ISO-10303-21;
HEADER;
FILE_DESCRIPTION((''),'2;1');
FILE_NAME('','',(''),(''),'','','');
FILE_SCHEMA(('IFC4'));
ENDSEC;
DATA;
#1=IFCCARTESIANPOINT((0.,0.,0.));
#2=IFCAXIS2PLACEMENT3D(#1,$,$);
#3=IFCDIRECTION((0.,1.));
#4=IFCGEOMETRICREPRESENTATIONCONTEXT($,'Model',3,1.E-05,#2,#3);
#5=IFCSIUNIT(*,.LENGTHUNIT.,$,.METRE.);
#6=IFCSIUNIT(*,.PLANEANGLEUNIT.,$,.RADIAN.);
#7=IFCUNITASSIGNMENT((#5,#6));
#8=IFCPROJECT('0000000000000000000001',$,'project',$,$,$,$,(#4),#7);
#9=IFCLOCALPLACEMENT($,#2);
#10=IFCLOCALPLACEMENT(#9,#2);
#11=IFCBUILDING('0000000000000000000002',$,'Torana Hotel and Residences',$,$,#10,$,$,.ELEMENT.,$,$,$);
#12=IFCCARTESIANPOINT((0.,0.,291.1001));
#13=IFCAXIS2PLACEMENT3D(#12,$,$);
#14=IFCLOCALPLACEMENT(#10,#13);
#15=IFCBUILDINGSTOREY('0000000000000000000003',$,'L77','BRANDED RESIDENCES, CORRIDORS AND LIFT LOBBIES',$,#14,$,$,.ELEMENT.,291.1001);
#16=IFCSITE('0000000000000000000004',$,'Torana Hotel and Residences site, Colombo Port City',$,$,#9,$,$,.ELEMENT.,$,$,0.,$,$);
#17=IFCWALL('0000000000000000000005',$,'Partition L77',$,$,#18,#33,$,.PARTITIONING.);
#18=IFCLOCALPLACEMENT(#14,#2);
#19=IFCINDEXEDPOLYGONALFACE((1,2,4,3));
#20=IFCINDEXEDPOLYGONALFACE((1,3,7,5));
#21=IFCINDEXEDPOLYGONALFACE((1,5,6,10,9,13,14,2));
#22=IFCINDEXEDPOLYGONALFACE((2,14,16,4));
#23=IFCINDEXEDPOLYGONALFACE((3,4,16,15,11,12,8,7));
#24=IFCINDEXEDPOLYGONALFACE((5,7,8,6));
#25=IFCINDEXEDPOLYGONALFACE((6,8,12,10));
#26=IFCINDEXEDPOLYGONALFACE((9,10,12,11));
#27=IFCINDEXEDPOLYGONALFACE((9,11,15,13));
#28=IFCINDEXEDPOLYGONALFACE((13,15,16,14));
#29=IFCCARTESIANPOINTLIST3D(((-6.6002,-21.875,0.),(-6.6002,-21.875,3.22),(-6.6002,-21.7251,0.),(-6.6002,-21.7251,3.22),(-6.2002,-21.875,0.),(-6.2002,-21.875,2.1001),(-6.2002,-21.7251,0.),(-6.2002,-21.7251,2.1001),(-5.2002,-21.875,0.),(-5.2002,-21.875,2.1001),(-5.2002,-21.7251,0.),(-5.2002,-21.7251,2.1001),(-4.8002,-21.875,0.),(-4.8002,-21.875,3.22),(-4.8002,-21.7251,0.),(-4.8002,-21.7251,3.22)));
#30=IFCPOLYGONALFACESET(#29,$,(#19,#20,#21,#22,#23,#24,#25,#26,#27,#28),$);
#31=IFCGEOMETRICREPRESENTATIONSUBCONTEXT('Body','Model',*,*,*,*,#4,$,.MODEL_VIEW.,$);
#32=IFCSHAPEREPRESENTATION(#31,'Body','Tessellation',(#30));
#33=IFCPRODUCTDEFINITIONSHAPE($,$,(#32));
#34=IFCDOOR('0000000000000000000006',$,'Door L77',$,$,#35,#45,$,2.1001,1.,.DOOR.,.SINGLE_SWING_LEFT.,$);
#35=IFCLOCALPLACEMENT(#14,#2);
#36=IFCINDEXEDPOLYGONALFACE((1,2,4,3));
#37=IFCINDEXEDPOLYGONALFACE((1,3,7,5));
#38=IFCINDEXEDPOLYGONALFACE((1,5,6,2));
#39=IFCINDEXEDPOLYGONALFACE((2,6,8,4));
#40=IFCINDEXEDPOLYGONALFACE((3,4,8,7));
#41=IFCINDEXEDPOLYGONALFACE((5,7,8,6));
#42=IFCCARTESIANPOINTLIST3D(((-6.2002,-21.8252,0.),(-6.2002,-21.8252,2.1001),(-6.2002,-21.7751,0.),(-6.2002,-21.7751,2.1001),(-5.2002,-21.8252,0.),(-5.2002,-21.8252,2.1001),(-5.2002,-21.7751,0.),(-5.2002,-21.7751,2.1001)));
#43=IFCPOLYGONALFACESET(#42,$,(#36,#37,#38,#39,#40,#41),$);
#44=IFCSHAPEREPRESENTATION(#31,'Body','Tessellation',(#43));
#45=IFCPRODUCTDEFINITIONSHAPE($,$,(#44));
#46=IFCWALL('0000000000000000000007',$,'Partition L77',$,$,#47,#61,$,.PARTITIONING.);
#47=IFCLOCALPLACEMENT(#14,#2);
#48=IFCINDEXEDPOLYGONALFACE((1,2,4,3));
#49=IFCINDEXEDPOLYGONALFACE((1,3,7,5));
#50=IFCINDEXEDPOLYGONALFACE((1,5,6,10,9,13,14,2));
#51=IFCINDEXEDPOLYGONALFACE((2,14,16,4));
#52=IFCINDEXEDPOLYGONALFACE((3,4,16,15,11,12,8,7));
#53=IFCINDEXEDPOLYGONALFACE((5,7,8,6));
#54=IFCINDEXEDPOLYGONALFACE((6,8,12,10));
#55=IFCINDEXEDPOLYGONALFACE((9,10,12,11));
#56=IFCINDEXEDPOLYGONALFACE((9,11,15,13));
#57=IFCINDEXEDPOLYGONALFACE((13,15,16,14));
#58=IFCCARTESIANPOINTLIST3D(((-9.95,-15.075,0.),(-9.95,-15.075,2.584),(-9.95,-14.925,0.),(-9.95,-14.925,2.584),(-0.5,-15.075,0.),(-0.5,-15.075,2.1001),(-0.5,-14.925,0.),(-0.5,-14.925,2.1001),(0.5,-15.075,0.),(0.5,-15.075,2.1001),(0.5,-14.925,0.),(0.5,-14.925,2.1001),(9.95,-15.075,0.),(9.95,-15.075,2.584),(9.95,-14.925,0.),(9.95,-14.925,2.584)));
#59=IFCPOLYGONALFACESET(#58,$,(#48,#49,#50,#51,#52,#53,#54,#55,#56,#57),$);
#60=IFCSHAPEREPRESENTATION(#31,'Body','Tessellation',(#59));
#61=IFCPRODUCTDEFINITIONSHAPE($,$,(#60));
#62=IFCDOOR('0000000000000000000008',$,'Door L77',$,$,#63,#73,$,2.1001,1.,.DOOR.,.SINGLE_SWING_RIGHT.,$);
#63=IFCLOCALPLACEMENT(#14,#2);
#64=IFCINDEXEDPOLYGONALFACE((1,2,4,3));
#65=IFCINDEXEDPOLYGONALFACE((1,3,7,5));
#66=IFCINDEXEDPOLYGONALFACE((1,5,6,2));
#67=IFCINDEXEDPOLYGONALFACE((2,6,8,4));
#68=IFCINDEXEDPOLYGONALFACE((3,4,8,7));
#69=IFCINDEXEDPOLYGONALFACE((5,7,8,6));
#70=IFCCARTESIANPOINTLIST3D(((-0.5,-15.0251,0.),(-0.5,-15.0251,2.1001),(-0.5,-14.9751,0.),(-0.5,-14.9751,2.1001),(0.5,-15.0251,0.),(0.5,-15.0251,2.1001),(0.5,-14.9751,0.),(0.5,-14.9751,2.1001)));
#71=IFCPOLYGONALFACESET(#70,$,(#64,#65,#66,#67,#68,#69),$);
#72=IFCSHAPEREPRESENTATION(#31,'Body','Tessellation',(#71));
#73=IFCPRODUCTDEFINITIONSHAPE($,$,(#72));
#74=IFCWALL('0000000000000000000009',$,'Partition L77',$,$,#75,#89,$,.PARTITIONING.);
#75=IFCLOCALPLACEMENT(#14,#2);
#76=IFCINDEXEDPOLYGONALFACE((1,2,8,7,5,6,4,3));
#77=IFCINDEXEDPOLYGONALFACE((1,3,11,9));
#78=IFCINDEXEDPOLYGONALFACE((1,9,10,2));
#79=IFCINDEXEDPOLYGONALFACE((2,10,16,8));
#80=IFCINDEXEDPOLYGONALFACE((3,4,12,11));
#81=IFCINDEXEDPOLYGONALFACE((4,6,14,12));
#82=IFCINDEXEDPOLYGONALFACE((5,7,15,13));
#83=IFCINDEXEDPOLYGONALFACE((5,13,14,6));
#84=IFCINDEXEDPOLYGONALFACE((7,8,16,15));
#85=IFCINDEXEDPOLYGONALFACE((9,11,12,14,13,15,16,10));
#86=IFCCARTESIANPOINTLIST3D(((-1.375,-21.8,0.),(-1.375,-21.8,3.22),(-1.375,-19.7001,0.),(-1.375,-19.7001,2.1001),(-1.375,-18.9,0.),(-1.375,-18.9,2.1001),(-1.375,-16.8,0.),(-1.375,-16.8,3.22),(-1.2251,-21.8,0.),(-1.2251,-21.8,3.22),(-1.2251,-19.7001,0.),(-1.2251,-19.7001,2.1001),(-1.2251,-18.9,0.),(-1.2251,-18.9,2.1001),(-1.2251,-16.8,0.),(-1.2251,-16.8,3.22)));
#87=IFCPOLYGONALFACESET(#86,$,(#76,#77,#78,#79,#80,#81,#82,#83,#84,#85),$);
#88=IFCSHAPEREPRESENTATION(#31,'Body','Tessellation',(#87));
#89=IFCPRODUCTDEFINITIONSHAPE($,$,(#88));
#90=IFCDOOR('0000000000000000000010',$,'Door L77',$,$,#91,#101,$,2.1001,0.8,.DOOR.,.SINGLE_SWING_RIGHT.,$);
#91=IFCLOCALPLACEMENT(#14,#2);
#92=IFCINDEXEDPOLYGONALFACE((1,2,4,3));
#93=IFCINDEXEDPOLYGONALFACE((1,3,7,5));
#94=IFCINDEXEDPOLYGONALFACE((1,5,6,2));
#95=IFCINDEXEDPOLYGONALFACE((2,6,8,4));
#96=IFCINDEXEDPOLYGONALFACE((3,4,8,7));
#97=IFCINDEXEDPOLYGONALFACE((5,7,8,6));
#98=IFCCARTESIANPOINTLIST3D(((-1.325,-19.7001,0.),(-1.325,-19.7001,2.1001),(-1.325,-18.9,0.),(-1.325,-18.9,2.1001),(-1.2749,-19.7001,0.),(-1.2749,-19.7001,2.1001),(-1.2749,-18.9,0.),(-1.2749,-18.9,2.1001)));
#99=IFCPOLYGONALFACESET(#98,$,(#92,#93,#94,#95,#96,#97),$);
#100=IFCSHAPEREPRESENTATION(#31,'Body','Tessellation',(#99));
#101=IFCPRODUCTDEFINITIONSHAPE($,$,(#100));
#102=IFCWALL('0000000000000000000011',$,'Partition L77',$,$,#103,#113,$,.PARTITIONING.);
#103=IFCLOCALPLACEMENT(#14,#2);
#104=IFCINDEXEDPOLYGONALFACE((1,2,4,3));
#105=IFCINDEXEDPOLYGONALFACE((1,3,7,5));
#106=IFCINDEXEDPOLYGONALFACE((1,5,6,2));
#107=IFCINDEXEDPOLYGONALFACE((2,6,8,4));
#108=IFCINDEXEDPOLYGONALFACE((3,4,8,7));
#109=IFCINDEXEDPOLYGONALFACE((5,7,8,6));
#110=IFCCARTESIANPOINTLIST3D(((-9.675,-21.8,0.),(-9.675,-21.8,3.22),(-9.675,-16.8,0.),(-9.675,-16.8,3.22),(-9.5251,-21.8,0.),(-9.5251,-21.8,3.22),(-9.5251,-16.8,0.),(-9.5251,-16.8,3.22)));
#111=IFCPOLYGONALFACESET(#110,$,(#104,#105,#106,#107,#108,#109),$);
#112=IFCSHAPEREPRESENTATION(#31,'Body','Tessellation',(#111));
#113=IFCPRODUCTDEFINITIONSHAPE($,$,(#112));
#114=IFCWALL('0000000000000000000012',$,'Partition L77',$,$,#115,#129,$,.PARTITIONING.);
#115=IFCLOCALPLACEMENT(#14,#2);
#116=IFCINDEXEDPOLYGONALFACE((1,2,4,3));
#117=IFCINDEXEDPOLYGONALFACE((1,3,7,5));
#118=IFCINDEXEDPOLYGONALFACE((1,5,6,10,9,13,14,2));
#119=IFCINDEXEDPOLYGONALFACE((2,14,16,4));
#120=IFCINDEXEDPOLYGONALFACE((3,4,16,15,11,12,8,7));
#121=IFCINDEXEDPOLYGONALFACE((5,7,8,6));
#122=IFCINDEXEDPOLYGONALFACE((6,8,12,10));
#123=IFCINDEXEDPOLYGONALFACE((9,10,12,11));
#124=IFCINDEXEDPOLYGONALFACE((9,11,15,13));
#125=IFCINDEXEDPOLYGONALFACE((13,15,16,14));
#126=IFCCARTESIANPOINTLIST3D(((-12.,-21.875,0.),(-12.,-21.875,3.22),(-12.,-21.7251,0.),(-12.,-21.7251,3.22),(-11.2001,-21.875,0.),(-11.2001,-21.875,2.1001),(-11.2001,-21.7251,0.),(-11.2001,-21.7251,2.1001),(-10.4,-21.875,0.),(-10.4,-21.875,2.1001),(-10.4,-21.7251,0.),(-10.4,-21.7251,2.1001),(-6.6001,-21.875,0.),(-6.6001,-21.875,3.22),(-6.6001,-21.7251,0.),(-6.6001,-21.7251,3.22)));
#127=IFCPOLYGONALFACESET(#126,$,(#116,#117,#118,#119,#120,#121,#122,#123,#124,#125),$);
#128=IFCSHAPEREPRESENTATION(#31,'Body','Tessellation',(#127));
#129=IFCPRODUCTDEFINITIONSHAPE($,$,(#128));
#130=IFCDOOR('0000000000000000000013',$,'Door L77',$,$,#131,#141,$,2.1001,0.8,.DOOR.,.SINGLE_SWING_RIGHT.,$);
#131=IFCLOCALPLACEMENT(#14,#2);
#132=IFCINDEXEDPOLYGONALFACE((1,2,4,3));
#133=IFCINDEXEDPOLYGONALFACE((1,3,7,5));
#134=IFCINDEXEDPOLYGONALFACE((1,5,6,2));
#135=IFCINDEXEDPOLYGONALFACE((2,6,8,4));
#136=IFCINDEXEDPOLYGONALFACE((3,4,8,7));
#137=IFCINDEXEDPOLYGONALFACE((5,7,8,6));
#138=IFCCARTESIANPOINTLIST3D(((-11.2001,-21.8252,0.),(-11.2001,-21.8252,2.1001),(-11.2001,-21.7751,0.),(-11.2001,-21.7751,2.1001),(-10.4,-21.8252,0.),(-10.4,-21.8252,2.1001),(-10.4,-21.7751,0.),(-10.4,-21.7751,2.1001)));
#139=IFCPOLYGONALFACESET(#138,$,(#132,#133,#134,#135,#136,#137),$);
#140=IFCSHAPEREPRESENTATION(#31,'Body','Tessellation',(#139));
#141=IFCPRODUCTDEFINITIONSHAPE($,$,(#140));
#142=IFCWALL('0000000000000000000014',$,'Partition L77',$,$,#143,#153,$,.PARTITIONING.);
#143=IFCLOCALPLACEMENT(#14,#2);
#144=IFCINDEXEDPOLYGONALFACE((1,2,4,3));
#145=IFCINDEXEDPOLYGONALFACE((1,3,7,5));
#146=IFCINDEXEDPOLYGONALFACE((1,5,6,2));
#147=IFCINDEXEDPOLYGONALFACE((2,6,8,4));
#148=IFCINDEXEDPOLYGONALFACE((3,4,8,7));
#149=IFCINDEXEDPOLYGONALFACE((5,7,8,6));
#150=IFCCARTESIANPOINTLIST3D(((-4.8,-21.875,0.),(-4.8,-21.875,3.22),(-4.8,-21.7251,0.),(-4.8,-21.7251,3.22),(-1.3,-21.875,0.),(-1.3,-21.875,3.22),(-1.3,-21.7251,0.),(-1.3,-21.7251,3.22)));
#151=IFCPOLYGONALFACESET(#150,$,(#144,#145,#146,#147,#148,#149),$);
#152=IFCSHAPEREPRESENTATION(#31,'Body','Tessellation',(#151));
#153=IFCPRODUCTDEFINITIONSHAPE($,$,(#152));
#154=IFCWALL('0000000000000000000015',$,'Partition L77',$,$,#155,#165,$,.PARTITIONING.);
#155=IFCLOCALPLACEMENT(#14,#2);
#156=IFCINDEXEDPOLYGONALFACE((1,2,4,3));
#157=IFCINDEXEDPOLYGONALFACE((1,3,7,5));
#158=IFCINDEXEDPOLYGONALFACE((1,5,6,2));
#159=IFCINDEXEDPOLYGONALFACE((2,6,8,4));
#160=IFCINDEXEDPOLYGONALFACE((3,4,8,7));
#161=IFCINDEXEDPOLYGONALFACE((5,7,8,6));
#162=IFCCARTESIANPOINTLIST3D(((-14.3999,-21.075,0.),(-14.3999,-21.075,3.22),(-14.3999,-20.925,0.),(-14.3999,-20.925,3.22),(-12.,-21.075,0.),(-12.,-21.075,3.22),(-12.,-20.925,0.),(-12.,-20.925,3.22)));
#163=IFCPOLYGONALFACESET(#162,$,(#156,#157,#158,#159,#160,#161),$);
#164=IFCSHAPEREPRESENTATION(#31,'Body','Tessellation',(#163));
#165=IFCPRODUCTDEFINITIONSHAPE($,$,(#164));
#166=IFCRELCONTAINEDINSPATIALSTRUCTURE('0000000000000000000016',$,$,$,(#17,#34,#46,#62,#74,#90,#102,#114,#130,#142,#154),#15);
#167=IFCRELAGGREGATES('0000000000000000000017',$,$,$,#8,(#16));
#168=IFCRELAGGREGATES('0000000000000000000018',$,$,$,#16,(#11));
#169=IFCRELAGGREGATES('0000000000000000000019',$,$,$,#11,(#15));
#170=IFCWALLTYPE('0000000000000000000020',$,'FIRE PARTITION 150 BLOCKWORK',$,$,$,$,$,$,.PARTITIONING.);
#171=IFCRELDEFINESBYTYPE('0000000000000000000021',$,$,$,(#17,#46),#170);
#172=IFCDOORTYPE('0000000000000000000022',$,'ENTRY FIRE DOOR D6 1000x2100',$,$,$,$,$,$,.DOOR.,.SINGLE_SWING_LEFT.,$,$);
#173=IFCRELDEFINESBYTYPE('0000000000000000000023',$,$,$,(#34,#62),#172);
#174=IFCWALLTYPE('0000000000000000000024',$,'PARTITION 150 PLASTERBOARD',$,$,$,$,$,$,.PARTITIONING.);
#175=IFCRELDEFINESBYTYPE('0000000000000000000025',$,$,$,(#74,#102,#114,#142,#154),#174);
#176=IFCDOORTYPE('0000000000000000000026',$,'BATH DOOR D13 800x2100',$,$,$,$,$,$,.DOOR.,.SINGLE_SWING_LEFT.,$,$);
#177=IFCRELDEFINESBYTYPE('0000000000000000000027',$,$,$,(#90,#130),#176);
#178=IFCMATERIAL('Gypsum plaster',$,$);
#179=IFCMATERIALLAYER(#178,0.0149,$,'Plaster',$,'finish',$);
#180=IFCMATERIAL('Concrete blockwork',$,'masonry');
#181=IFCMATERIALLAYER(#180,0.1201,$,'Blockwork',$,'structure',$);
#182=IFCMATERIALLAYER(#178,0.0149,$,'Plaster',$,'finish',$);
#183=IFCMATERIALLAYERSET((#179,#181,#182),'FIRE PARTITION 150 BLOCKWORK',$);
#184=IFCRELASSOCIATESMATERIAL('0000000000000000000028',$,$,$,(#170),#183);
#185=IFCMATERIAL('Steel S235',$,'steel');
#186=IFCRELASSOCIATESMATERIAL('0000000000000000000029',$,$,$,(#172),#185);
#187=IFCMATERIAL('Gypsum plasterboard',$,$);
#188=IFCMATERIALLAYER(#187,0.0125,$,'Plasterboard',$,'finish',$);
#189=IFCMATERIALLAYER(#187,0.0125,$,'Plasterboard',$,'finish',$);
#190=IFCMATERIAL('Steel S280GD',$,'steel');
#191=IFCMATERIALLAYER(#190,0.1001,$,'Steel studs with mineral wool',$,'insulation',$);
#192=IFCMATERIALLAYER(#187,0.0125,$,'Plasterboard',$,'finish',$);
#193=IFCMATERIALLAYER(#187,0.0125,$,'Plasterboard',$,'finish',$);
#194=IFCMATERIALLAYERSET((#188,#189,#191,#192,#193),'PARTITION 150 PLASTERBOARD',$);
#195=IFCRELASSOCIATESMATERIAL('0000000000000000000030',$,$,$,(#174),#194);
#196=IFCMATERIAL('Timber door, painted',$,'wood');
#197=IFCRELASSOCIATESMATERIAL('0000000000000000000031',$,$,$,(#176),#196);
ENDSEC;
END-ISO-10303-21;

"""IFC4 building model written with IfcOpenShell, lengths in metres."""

from ifc_helpers import new_model, si_unit, direction, frame, frame_2d, origin, place, context, subcontext, project, spatial, rectangle, extrude, material, layer, layer_set, type_object, element, fill, save


model = new_model("IFC4")

# Units and contexts
model_context = context("Model", 3, precision=1e-05, world=origin(), true_north=direction((0.0, 1.0)))
body_context = subcontext(model_context, "Body", "Model", "MODEL_VIEW")
ifc_project = project(units=[si_unit("LENGTHUNIT", "METRE"), si_unit("PLANEANGLEUNIT", "RADIAN")], contexts=[model_context])

# Site, building, storey
site_placement = place(None, origin())
site = spatial("IfcSite", under=ifc_project, at=site_placement, Name="Torana Hotel and Residences site, Colombo Port City", CompositionType="ELEMENT", RefElevation=0.0)
building_placement = place(site_placement, origin())
building = spatial("IfcBuilding", under=site, at=building_placement, Name="Torana Hotel and Residences", CompositionType="ELEMENT")
storey_placement = place(building_placement, frame((0.0, 0.0, 291.1001)))
storey = spatial("IfcBuildingStorey", under=building, at=storey_placement, Name="L77", Description="BRANDED RESIDENCES, CORRIDORS AND LIFT LOBBIES", CompositionType="ELEMENT", Elevation=291.1001)

# Shared definitions
ifc_material_1 = material(Name="Gypsum plaster")
ifc_layer_1 = layer(ifc_material_1, 0.0149, Name="Plaster", Category="finish")
ifc_material_2 = material(Name="Concrete blockwork", Category="masonry")
ifc_layer_2 = layer(ifc_material_2, 0.1201, Name="Blockwork", Category="structure")
ifc_layer_3 = layer(ifc_material_1, 0.0149, Name="Plaster", Category="finish")
ifc_layer_set_1 = layer_set([ifc_layer_1, ifc_layer_2, ifc_layer_3], Name="FIRE PARTITION 150 BLOCKWORK")
wall_type_1 = type_object("IfcWallType", Name="FIRE PARTITION 150 BLOCKWORK", PredefinedType="PARTITIONING", material=ifc_layer_set_1)

# Walls, openings, doors
ifc_material_3 = material(Name="Steel S235", Category="steel")
door_type_1 = type_object("IfcDoorType", Name="ENTRY FIRE DOOR D6 1000x2100", OperationType="SINGLE_SWING_LEFT", PredefinedType="DOOR", material=ifc_material_3)
wall_1_placement = place(storey_placement, frame((-6.6001, -21.8, 0.0), z_axis=(0.0, 0.0, 1.0), x_axis=(1.0, 0.0, 0.0)))
wall_1 = element("IfcWall", 1, at=wall_1_placement, inside=storey, type_object=wall_type_1, Name="Partition L77", PredefinedType="PARTITIONING", context=body_context, shape_type="SweptSolid", body=[
    extrude(rectangle(XDim=1.8, YDim=0.1499, at=frame_2d((0.8999, 0.0))), origin(), (0.0, 0.0, 1.0), 3.22),
])
opening_1_placement = place(wall_1_placement, frame((0.3999, 0.0, 0.0)))
opening_1 = element("IfcOpeningElement", 2, at=opening_1_placement, cuts=wall_1, PredefinedType="OPENING", context=body_context, shape_type="SweptSolid", body=[
    extrude(rectangle(XDim=1.0, YDim=2.1001, at=frame_2d((0.5, 1.05))), frame((0.0, 0.085, 0.0), z_axis=(0.0, -1.0, 0.0), x_axis=(1.0, 0.0, 0.0)), (0.0, 0.0, 1.0), 0.1699),
])
door_1_placement = place(opening_1_placement, frame((0.5, 0.0, 0.0), z_axis=(0.0, 0.0, 1.0), x_axis=(-1.0, 0.0, 0.0)))
door_1 = element("IfcDoor", 3, at=door_1_placement, inside=storey, type_object=door_type_1, Name="Door L77", OperationType="SINGLE_SWING_LEFT", OverallHeight=2.1001, OverallWidth=1.0, PredefinedType="DOOR", context=body_context, shape_type="SweptSolid", body=[
    extrude(rectangle(XDim=1.0, YDim=2.1001, at=frame_2d((0.0, 1.05))), frame((0.0, -0.0249, 0.0), z_axis=(0.0, 1.0, 0.0), x_axis=(-1.0, 0.0, 0.0)), (0.0, 0.0, 1.0), 0.05),
])
fill(opening_1, door_1)
wall_2_placement = place(storey_placement, frame((-9.95, -15.0, 0.0), z_axis=(0.0, 0.0, 1.0), x_axis=(1.0, 0.0, 0.0)))
wall_2 = element("IfcWall", 4, at=wall_2_placement, inside=storey, type_object=wall_type_1, Name="Partition L77", PredefinedType="PARTITIONING", context=body_context, shape_type="SweptSolid", body=[
    extrude(rectangle(XDim=19.8999, YDim=0.1499, at=frame_2d((9.95, 0.0))), origin(), (0.0, 0.0, 1.0), 2.584),
])
opening_2_placement = place(wall_2_placement, frame((9.45, 0.0, 0.0)))
opening_2 = element("IfcOpeningElement", 5, at=opening_2_placement, cuts=wall_2, PredefinedType="OPENING", context=body_context, shape_type="SweptSolid", body=[
    extrude(rectangle(XDim=1.0, YDim=2.1001, at=frame_2d((0.5, 1.05))), frame((0.0, 0.085, 0.0), z_axis=(0.0, -1.0, 0.0), x_axis=(1.0, 0.0, 0.0)), (0.0, 0.0, 1.0), 0.1699),
])
door_2_placement = place(opening_2_placement, origin())
door_2 = element("IfcDoor", 6, at=door_2_placement, inside=storey, type_object=door_type_1, Name="Door L77", OperationType="SINGLE_SWING_RIGHT", OverallHeight=2.1001, OverallWidth=1.0, PredefinedType="DOOR", context=body_context, shape_type="SweptSolid", body=[
    extrude(rectangle(XDim=1.0, YDim=2.1001, at=frame_2d((0.5, 1.05))), frame((0.0, 0.0249, 0.0), z_axis=(0.0, -1.0, 0.0), x_axis=(1.0, 0.0, 0.0)), (0.0, 0.0, 1.0), 0.05),
])
fill(opening_2, door_2)
ifc_material_4 = material(Name="Gypsum plasterboard")
ifc_layer_4 = layer(ifc_material_4, 0.0125, Name="Plasterboard", Category="finish")
ifc_layer_5 = layer(ifc_material_4, 0.0125, Name="Plasterboard", Category="finish")
ifc_material_5 = material(Name="Steel S280GD", Category="steel")
ifc_layer_6 = layer(ifc_material_5, 0.1001, Name="Steel studs with mineral wool", Category="insulation")
ifc_layer_7 = layer(ifc_material_4, 0.0125, Name="Plasterboard", Category="finish")
ifc_layer_8 = layer(ifc_material_4, 0.0125, Name="Plasterboard", Category="finish")
ifc_layer_set_2 = layer_set([ifc_layer_4, ifc_layer_5, ifc_layer_6, ifc_layer_7, ifc_layer_8], Name="PARTITION 150 PLASTERBOARD")
wall_type_2 = type_object("IfcWallType", Name="PARTITION 150 PLASTERBOARD", PredefinedType="PARTITIONING", material=ifc_layer_set_2)
wall_3_placement = place(storey_placement, frame((-1.3, -21.8, 0.0), z_axis=(0.0, 0.0, 1.0), x_axis=(0.0, 1.0, 0.0)))
wall_3 = element("IfcWall", 7, at=wall_3_placement, inside=storey, type_object=wall_type_2, Name="Partition L77", PredefinedType="PARTITIONING", context=body_context, shape_type="SweptSolid", body=[
    extrude(rectangle(XDim=5.0, YDim=0.1499, at=frame_2d((2.5, 0.0))), origin(), (0.0, 0.0, 1.0), 3.22),
])
opening_3_placement = place(wall_3_placement, frame((2.1001, 0.0, 0.0)))
opening_3 = element("IfcOpeningElement", 8, at=opening_3_placement, cuts=wall_3, PredefinedType="OPENING", context=body_context, shape_type="SweptSolid", body=[
    extrude(rectangle(XDim=0.8, YDim=2.1001, at=frame_2d((0.3999, 1.05))), frame((0.0, 0.085, 0.0), z_axis=(0.0, -1.0, 0.0), x_axis=(1.0, 0.0, 0.0)), (0.0, 0.0, 1.0), 0.1699),
])
ifc_material_6 = material(Name="Timber door, painted", Category="wood")
door_type_2 = type_object("IfcDoorType", Name="BATH DOOR D13 800x2100", OperationType="SINGLE_SWING_LEFT", PredefinedType="DOOR", material=ifc_material_6)
door_3_placement = place(opening_3_placement, origin())
door_3 = element("IfcDoor", 9, at=door_3_placement, inside=storey, type_object=door_type_2, Name="Door L77", OperationType="SINGLE_SWING_RIGHT", OverallHeight=2.1001, OverallWidth=0.8, PredefinedType="DOOR", context=body_context, shape_type="SweptSolid", body=[
    extrude(rectangle(XDim=0.8, YDim=2.1001, at=frame_2d((0.3999, 1.05))), frame((0.0, 0.0249, 0.0), z_axis=(0.0, -1.0, 0.0), x_axis=(1.0, 0.0, 0.0)), (0.0, 0.0, 1.0), 0.05),
])
fill(opening_3, door_3)

# Wall
wall_4_placement = place(storey_placement, frame((-9.6001, -21.8, 0.0), z_axis=(0.0, 0.0, 1.0), x_axis=(0.0, 1.0, 0.0)))
element("IfcWall", 10, at=wall_4_placement, inside=storey, type_object=wall_type_2, Name="Partition L77", PredefinedType="PARTITIONING", context=body_context, shape_type="SweptSolid", body=[
    extrude(rectangle(XDim=5.0, YDim=0.1499, at=frame_2d((2.5, 0.0))), origin(), (0.0, 0.0, 1.0), 3.22),
])

# Wall, opening, door
wall_5_placement = place(storey_placement, frame((-12.0, -21.8, 0.0), z_axis=(0.0, 0.0, 1.0), x_axis=(1.0, 0.0, 0.0)))
wall_5 = element("IfcWall", 11, at=wall_5_placement, inside=storey, type_object=wall_type_2, Name="Partition L77", PredefinedType="PARTITIONING", context=body_context, shape_type="SweptSolid", body=[
    extrude(rectangle(XDim=5.3999, YDim=0.1499, at=frame_2d((2.7, 0.0))), origin(), (0.0, 0.0, 1.0), 3.22),
])
opening_4_placement = place(wall_5_placement, frame((0.8, 0.0, 0.0)))
opening_4 = element("IfcOpeningElement", 12, at=opening_4_placement, cuts=wall_5, PredefinedType="OPENING", context=body_context, shape_type="SweptSolid", body=[
    extrude(rectangle(XDim=0.8, YDim=2.1001, at=frame_2d((0.3999, 1.05))), frame((0.0, 0.085, 0.0), z_axis=(0.0, -1.0, 0.0), x_axis=(1.0, 0.0, 0.0)), (0.0, 0.0, 1.0), 0.1699),
])
door_4_placement = place(opening_4_placement, origin())
door_4 = element("IfcDoor", 13, at=door_4_placement, inside=storey, type_object=door_type_2, Name="Door L77", OperationType="SINGLE_SWING_RIGHT", OverallHeight=2.1001, OverallWidth=0.8, PredefinedType="DOOR", context=body_context, shape_type="SweptSolid", body=[
    extrude(rectangle(XDim=0.8, YDim=2.1001, at=frame_2d((0.3999, 1.05))), frame((0.0, 0.0249, 0.0), z_axis=(0.0, -1.0, 0.0), x_axis=(1.0, 0.0, 0.0)), (0.0, 0.0, 1.0), 0.05),
])
fill(opening_4, door_4)

# Walls
wall_6_placement = place(storey_placement, frame((-4.8, -21.8, 0.0), z_axis=(0.0, 0.0, 1.0), x_axis=(1.0, 0.0, 0.0)))
element("IfcWall", 14, at=wall_6_placement, inside=storey, type_object=wall_type_2, Name="Partition L77", PredefinedType="PARTITIONING", context=body_context, shape_type="SweptSolid", body=[
    extrude(rectangle(XDim=3.5, YDim=0.1499, at=frame_2d((1.75, 0.0))), origin(), (0.0, 0.0, 1.0), 3.22),
])
wall_7_placement = place(storey_placement, frame((-14.3999, -21.0, 0.0), z_axis=(0.0, 0.0, 1.0), x_axis=(1.0, 0.0, 0.0)))
element("IfcWall", 15, at=wall_7_placement, inside=storey, type_object=wall_type_2, Name="Partition L77", PredefinedType="PARTITIONING", context=body_context, shape_type="SweptSolid", body=[
    extrude(rectangle(XDim=2.3999, YDim=0.1499, at=frame_2d((1.2, 0.0))), origin(), (0.0, 0.0, 1.0), 3.22),
])

save(model, "model.ifc")
